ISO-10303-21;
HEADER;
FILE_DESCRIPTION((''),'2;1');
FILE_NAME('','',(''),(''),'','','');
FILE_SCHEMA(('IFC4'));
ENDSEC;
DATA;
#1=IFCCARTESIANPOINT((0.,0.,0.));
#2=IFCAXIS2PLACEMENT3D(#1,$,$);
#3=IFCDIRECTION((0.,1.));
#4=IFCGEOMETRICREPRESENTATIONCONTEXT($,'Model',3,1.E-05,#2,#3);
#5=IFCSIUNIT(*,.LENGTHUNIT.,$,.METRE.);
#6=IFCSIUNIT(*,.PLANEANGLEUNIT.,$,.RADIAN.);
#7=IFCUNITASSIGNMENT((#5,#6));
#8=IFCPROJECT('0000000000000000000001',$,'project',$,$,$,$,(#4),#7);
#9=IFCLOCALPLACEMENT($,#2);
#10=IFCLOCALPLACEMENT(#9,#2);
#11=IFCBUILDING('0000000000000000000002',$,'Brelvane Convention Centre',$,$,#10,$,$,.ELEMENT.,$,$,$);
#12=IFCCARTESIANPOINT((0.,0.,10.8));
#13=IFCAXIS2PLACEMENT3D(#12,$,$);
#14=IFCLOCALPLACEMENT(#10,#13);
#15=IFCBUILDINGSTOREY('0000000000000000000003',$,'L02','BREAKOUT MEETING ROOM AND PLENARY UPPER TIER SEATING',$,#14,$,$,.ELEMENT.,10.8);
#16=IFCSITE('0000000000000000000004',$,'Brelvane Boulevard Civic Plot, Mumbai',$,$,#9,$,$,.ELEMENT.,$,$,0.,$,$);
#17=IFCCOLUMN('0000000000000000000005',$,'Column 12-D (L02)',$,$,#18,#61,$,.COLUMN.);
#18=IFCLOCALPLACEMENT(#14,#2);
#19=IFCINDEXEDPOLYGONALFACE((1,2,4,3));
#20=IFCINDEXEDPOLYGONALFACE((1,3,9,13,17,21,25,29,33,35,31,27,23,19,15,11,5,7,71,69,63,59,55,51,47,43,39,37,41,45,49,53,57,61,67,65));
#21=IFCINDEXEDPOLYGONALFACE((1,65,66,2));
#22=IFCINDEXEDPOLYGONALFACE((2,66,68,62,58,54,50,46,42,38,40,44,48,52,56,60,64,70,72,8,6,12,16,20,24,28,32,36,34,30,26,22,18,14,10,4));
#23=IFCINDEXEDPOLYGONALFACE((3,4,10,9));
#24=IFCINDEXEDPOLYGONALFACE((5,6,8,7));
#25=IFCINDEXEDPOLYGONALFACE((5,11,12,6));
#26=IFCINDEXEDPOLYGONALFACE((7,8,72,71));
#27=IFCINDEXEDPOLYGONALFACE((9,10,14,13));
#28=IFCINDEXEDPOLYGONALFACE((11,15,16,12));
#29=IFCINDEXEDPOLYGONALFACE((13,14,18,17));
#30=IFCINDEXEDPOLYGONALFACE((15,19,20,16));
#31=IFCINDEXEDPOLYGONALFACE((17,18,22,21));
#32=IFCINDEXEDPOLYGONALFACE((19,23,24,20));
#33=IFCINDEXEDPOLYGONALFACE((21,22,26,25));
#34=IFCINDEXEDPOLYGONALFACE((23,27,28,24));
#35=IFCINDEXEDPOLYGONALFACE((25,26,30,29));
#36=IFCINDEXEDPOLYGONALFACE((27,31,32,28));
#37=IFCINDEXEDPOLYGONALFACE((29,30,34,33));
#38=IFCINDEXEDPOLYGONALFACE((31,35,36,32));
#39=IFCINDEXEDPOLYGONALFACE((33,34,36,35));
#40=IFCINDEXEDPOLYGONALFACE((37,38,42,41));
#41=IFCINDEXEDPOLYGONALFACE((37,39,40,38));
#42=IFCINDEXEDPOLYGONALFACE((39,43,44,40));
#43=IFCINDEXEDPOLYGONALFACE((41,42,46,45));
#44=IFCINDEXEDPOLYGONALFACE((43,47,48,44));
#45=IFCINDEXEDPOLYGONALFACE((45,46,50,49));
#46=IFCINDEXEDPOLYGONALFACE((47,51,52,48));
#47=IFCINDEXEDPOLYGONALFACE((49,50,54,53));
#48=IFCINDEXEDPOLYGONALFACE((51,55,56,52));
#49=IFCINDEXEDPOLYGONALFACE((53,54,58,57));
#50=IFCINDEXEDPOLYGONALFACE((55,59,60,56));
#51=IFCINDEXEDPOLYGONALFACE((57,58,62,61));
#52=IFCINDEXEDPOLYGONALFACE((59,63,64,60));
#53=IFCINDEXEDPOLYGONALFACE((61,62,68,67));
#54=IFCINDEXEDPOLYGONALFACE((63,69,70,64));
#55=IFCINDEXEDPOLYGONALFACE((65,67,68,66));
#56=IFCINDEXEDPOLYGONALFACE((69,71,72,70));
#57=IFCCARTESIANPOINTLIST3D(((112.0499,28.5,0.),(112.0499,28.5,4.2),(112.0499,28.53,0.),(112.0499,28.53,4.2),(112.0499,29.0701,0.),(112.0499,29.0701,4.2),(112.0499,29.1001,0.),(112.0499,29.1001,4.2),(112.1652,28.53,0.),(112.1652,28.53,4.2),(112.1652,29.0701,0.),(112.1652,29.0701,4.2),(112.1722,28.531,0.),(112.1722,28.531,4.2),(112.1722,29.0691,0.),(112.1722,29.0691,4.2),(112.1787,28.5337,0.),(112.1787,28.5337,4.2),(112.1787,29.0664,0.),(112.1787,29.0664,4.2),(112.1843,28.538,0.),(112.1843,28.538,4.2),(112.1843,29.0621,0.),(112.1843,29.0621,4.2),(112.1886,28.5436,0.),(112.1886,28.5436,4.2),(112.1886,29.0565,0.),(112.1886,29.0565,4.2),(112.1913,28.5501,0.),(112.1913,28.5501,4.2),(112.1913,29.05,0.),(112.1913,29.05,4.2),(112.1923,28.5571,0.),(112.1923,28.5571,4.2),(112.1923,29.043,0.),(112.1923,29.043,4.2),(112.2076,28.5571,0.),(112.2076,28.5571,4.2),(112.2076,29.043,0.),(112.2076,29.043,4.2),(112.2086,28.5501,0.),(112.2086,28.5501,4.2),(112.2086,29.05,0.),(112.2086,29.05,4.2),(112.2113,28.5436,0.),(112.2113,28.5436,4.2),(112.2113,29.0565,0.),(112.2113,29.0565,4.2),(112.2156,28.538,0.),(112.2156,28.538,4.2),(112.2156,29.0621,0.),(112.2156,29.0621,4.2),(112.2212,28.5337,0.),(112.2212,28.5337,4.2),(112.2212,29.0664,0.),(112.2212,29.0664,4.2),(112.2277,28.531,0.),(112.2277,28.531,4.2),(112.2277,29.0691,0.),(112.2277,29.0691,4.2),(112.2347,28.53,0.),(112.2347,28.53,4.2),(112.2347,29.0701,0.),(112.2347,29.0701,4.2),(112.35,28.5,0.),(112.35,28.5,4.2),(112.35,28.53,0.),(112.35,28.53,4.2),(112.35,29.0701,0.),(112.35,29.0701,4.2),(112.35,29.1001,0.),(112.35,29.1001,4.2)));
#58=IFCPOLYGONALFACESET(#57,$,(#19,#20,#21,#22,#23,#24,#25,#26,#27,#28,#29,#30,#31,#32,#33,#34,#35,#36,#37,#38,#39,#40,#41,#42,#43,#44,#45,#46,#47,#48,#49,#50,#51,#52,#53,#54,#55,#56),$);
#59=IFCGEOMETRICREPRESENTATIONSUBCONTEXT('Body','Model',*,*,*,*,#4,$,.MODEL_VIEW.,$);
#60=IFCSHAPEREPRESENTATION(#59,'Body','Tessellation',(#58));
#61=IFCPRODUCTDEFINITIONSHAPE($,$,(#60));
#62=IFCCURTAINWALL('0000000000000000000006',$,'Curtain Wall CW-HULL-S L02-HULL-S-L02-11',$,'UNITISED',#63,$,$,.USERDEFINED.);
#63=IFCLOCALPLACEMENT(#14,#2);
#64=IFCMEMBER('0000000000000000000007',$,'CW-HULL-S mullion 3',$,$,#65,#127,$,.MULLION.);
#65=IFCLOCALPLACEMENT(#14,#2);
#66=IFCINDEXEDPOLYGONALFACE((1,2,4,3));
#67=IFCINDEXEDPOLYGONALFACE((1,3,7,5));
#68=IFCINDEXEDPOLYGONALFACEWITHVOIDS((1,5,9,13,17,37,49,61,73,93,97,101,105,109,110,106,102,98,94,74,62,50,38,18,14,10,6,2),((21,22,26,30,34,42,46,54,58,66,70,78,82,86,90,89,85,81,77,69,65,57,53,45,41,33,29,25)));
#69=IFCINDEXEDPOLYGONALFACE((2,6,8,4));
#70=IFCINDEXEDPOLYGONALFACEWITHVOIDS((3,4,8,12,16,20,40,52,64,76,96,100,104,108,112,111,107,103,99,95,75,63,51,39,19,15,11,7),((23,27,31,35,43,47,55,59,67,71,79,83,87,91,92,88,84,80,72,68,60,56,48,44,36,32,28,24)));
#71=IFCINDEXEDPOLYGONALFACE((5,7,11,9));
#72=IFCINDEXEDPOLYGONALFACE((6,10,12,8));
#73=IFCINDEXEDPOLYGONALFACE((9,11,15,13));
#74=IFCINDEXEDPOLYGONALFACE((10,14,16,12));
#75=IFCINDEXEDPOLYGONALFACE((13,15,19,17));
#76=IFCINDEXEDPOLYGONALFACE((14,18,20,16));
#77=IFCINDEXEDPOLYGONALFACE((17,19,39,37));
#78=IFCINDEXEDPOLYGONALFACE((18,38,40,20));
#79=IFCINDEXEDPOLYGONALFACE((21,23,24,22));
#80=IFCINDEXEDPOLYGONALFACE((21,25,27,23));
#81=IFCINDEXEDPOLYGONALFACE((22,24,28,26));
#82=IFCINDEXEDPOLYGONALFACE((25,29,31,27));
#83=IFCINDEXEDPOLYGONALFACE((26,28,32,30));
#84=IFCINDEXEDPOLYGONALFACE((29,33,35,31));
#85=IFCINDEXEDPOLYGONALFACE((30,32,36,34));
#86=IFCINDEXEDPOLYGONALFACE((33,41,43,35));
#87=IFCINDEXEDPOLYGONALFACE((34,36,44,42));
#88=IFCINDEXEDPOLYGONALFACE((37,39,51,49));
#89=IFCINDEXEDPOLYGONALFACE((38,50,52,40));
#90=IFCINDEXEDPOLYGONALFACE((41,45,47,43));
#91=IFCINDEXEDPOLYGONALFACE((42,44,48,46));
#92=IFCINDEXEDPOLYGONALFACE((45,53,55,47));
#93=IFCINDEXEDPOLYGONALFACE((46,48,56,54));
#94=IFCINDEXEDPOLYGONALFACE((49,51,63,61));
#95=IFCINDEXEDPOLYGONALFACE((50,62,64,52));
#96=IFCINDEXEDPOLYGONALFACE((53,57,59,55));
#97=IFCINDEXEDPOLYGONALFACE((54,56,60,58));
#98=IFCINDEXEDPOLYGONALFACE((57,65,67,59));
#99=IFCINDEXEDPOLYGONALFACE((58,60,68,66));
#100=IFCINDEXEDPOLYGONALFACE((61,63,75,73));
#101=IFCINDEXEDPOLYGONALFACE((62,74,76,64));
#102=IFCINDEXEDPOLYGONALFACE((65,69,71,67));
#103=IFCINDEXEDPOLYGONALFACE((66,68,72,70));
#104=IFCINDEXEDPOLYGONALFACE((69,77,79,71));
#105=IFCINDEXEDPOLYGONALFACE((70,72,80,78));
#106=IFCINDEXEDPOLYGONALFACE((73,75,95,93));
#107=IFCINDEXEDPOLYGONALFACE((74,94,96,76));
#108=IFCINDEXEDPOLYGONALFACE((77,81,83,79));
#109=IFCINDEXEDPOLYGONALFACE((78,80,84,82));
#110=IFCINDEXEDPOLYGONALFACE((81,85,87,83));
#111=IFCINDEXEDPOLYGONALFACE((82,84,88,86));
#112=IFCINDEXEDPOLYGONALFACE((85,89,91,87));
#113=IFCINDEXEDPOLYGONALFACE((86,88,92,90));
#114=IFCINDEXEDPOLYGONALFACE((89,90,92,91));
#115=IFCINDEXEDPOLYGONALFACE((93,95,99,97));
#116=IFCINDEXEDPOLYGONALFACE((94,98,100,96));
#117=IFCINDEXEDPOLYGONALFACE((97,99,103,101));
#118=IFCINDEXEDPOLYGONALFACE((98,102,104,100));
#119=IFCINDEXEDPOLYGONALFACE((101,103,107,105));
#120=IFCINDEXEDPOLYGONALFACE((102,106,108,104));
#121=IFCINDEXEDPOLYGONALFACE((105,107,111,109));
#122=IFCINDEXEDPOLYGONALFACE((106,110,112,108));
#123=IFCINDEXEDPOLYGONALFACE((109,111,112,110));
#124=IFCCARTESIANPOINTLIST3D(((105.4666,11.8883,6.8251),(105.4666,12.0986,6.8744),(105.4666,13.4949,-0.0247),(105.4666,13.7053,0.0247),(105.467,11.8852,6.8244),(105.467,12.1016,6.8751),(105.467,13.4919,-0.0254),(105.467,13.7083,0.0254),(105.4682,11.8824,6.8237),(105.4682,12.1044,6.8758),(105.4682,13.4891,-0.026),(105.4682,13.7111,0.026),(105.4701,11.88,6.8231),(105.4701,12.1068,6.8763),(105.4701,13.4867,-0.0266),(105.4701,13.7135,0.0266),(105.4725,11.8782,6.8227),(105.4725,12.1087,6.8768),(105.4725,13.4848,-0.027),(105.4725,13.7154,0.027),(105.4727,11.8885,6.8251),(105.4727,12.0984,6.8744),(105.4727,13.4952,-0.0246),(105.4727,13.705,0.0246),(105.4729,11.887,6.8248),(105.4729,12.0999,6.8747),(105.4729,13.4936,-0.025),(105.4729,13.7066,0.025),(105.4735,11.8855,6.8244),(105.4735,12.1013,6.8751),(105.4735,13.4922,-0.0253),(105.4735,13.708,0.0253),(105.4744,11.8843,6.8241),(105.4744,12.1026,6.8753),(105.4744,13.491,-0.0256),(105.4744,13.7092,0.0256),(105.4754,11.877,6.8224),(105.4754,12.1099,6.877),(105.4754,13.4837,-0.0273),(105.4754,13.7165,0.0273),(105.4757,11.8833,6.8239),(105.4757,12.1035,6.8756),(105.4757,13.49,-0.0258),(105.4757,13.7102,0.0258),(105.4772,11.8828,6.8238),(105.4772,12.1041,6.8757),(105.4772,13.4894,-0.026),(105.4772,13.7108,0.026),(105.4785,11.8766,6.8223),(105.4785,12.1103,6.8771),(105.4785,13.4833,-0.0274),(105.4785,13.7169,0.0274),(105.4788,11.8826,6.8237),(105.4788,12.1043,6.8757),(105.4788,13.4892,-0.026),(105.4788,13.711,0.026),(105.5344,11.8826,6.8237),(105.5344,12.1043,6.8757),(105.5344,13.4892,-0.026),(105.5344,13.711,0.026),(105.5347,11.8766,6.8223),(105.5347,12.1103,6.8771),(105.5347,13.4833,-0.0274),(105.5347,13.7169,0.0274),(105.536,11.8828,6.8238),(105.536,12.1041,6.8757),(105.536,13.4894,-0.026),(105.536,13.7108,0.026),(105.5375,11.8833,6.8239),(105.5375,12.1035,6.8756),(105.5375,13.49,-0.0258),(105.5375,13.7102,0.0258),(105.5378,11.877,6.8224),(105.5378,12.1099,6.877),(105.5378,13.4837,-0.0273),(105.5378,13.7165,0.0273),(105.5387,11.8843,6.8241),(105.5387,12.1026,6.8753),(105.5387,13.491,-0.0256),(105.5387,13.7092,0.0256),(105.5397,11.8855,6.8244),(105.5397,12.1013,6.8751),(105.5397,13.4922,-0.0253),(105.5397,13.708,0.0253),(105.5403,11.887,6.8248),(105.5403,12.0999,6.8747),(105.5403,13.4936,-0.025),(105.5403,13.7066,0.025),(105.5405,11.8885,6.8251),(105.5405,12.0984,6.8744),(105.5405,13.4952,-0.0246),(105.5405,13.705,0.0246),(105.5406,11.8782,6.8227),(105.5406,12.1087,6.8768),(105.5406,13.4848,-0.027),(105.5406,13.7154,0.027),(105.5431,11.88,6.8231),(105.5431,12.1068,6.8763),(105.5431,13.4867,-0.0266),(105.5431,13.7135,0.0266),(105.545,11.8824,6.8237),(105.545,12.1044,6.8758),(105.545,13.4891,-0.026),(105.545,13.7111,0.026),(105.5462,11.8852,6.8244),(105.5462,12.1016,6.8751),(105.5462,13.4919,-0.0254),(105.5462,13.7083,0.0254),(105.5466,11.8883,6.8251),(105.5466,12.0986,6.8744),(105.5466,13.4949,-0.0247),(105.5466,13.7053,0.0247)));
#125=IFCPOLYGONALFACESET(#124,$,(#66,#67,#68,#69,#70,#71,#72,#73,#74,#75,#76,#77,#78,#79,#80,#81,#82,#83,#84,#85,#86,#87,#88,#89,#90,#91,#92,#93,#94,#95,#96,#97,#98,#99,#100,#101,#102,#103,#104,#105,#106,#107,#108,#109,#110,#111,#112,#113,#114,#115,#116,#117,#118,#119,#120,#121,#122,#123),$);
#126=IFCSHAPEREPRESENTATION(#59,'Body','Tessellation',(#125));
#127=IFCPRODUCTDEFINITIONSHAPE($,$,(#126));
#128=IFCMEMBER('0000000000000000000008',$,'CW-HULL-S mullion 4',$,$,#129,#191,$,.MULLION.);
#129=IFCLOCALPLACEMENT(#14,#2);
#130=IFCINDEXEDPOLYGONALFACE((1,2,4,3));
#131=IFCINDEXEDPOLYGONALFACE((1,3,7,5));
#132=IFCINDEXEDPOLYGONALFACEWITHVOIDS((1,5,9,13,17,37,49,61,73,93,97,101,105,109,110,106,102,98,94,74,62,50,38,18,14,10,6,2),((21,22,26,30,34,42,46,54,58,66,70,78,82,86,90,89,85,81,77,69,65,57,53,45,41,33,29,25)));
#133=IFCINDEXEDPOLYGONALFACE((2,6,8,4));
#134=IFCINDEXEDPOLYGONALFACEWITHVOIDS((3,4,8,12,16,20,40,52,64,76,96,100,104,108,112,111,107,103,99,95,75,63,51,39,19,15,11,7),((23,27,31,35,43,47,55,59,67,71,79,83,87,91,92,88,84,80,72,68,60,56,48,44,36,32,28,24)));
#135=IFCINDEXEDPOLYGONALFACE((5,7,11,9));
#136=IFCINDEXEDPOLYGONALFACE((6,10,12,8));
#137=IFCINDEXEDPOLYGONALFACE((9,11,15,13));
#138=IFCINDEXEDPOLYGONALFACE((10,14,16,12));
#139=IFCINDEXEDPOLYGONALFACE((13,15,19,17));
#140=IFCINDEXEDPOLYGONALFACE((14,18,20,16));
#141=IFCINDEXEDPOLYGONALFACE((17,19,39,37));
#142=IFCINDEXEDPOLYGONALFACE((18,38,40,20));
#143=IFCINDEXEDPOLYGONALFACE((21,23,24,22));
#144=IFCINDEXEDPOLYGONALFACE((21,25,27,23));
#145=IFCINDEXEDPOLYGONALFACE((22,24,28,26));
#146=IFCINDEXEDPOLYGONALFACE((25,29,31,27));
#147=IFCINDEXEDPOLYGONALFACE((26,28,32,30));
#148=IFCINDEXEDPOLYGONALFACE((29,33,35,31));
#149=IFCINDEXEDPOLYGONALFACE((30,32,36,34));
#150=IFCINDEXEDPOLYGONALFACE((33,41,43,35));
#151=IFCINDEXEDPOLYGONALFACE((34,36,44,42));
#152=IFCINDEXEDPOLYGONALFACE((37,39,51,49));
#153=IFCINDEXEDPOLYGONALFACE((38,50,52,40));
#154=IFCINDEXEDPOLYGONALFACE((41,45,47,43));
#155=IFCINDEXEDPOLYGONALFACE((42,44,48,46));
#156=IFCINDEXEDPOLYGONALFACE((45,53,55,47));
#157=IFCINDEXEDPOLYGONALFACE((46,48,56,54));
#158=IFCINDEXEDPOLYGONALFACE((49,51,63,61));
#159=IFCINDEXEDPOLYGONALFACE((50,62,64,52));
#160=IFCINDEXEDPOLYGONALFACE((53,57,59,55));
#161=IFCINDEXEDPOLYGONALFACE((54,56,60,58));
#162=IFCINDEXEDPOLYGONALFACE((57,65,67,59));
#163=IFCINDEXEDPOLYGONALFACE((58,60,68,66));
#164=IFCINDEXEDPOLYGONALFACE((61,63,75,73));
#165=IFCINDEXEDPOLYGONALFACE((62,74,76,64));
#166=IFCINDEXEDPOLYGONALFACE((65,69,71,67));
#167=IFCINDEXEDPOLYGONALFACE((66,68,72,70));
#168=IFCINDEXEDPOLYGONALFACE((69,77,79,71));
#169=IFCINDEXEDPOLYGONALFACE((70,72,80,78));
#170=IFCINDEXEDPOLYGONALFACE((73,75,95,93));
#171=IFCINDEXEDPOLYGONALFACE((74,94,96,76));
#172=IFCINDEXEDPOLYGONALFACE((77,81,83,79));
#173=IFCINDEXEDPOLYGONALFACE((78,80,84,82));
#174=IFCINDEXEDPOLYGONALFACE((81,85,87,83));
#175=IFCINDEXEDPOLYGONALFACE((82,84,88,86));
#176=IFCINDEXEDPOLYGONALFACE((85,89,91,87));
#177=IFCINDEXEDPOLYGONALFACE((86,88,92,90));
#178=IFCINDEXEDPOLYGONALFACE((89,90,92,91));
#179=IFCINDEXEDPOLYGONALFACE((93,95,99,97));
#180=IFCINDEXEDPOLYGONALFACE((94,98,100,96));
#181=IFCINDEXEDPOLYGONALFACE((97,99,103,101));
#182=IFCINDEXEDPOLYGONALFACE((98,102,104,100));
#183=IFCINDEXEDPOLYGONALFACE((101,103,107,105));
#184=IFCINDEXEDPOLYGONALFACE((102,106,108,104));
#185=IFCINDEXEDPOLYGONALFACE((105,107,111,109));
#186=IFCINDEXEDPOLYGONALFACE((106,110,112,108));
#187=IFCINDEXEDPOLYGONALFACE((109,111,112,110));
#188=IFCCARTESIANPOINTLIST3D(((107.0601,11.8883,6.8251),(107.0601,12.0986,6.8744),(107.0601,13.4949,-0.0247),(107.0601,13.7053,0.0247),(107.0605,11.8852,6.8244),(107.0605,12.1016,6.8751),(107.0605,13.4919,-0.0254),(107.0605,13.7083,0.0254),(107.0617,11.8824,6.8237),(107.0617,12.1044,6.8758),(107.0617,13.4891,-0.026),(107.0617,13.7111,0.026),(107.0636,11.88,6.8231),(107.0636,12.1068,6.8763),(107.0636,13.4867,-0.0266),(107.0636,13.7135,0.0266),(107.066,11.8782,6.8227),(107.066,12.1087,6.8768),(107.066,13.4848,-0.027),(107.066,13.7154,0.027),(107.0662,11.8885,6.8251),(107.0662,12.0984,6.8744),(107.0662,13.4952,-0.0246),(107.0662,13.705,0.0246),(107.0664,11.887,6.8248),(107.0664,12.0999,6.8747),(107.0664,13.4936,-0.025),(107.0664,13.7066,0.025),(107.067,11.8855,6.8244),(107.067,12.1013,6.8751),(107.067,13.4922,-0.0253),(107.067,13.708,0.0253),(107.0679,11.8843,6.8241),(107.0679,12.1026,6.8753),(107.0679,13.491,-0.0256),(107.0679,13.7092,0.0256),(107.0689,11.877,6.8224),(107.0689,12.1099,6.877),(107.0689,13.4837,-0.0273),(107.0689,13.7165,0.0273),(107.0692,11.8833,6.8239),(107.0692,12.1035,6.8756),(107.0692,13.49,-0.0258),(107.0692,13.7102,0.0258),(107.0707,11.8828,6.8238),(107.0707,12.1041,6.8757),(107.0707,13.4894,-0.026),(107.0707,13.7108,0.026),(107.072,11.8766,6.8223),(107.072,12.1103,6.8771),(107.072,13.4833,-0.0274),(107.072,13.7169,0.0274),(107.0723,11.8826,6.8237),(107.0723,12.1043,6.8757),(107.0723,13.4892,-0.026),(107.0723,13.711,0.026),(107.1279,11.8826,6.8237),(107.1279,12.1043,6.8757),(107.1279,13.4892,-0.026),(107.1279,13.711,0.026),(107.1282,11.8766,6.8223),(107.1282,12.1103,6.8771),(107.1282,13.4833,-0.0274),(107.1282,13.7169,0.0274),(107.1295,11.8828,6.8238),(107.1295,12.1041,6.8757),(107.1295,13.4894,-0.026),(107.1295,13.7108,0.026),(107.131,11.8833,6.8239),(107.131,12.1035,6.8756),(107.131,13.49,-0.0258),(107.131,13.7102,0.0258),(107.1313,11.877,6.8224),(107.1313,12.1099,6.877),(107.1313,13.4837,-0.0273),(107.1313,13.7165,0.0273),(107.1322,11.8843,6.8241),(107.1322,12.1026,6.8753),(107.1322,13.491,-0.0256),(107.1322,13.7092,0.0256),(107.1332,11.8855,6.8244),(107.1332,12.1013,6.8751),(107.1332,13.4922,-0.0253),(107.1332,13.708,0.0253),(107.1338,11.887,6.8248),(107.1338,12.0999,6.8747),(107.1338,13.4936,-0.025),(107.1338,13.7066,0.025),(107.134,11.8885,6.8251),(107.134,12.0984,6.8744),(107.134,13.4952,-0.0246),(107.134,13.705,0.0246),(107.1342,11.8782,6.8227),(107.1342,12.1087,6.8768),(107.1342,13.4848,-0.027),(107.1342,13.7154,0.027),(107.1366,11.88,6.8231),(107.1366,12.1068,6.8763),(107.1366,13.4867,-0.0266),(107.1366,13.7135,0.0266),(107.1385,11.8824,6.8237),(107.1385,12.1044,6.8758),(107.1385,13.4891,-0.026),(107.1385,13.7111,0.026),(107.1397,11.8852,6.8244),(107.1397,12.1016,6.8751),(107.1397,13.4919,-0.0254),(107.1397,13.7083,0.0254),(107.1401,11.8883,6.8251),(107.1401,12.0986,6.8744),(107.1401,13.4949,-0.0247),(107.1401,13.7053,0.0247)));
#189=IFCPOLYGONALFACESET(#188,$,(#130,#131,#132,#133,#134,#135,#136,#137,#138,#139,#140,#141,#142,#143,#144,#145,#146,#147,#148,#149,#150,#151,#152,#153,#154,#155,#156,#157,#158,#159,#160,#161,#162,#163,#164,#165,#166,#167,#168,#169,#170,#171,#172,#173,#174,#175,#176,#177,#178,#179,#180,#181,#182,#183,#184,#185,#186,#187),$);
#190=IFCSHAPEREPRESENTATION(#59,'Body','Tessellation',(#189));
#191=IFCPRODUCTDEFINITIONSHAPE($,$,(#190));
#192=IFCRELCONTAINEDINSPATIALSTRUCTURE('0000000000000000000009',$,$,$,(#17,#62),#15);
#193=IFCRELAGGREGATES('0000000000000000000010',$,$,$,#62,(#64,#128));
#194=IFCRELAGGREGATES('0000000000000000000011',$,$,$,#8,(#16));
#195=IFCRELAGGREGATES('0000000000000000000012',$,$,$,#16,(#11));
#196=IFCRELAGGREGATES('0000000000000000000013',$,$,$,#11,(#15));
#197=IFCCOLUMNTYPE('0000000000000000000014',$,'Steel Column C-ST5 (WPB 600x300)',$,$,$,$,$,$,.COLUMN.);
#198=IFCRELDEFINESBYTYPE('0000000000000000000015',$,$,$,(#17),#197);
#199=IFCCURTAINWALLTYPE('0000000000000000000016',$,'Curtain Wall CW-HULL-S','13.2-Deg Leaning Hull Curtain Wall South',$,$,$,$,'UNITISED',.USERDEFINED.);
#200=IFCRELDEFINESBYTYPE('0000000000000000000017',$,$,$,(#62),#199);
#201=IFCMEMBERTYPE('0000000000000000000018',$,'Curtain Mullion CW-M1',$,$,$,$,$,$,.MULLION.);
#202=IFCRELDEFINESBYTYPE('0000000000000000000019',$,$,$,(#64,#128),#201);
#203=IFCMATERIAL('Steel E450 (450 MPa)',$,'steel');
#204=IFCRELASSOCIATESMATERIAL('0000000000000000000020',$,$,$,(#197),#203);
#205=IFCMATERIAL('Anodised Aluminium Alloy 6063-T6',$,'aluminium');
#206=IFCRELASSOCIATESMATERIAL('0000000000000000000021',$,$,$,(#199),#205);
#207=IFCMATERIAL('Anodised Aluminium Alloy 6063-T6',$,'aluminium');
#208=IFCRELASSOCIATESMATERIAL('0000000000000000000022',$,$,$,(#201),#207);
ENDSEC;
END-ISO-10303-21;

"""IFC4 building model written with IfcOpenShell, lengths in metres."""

from ifc_helpers import new_model, si_unit, direction, frame, origin, origin_2d, place, context, subcontext, project, spatial, hollow_rectangle, i_section, extrude, material, material_profile, profile_set, type_object, element, aggregate, save


model = new_model("IFC4")

# Units and contexts
model_context = context("Model", 3, precision=1e-05, world=origin(), true_north=direction((0.0, 1.0)))
body_context = subcontext(model_context, "Body", "Model", "MODEL_VIEW")
ifc_project = project(units=[si_unit("LENGTHUNIT", "METRE"), si_unit("PLANEANGLEUNIT", "RADIAN")], contexts=[model_context])

# Site, building, storey
site_placement = place(None, origin())
site = spatial("IfcSite", under=ifc_project, at=site_placement, Name="Brelvane Boulevard Civic Plot, Mumbai", CompositionType="ELEMENT", RefElevation=0.0)
building_placement = place(site_placement, origin())
building = spatial("IfcBuilding", under=site, at=building_placement, Name="Brelvane Convention Centre", CompositionType="ELEMENT")
storey_placement = place(building_placement, frame((0.0, 0.0, 10.8)))
storey = spatial("IfcBuildingStorey", under=building, at=storey_placement, Name="L02", Description="BREAKOUT MEETING ROOM AND PLENARY UPPER TIER SEATING", CompositionType="ELEMENT", Elevation=10.8)

# Column
ifc_material_1 = material(Name="Steel E450 (450 MPa)", Category="steel")
ifc_material_profile_1 = material_profile(ifc_material_1, i_section(OverallWidth=0.3, OverallDepth=0.6001, WebThickness=0.0154, FlangeThickness=0.03, FilletRadius=0.0271, at=origin_2d()), Name="WPB 600x300")
ifc_profile_set_1 = profile_set([ifc_material_profile_1], Name="Steel E450 (450 MPa)")
column_type = type_object("IfcColumnType", Name="Steel Column C-ST5 (WPB 600x300)", PredefinedType="COLUMN", material=ifc_profile_set_1)
column_placement = place(storey_placement, frame((112.2, 28.8, 0.0), z_axis=(0.0, 0.0, 1.0), x_axis=(1.0, 0.0, 0.0)))
element("IfcColumn", 1, at=column_placement, inside=storey, type_object=column_type, Name="Column 12-D (L02)", PredefinedType="COLUMN", context=body_context, shape_type="SweptSolid", body=[
    extrude(i_section(OverallWidth=0.3, OverallDepth=0.6001, WebThickness=0.0154, FlangeThickness=0.03, FilletRadius=0.0271, at=origin_2d()), origin(), (0.0, 0.0, 1.0), 4.2),
])

# Curtain wall, members
ifc_material_2 = material(Name="Anodised Aluminium Alloy 6063-T6", Category="aluminium")
curtain_wall_type = type_object("IfcCurtainWallType", Name="Curtain Wall CW-HULL-S", Description="13.2-Deg Leaning Hull Curtain Wall South", ElementType="UNITISED", PredefinedType="USERDEFINED", material=ifc_material_2)
curtain_wall_1_placement = place(storey_placement, origin())
curtain_wall_1 = element("IfcCurtainWall", 2, at=curtain_wall_1_placement, inside=storey, type_object=curtain_wall_type, Name="Curtain Wall CW-HULL-S L02-HULL-S-L02-11", ObjectType="UNITISED", PredefinedType="USERDEFINED")
ifc_material_3 = material(Name="Anodised Aluminium Alloy 6063-T6", Category="aluminium")
ifc_material_profile_2 = material_profile(ifc_material_3, hollow_rectangle(XDim=0.0801, YDim=0.24, WallThickness=0.0061, InnerFilletRadius=0.0061, OuterFilletRadius=0.012, at=origin_2d()), Name="ALU-M 240x80x6.0")
ifc_profile_set_2 = profile_set([ifc_material_profile_2], Name="Anodised Aluminium Alloy 6063-T6")
member_type_1 = type_object("IfcMemberType", Name="Curtain Mullion CW-M1", PredefinedType="MULLION", material=ifc_profile_set_2)
member_1_placement = place(storey_placement, frame((105.5066, 13.6001, 0.0), z_axis=(0.0, -0.22836, 0.973577), x_axis=(1.0, 0.0, 0.0)))
member_1 = element("IfcMember", 3, at=member_1_placement, type_object=member_type_1, Name="CW-HULL-S mullion 3", PredefinedType="MULLION", context=body_context, shape_type="SweptSolid", body=[
    extrude(hollow_rectangle(XDim=0.0801, YDim=0.24, WallThickness=0.0061, InnerFilletRadius=0.0061, OuterFilletRadius=0.012, at=origin_2d()), origin(), (0.0, 0.0, 1.0), 7.0356),
])
member_2_placement = place(storey_placement, frame((107.1001, 13.6001, 0.0), z_axis=(0.0, -0.22836, 0.973577), x_axis=(1.0, 0.0, 0.0)))
member_2 = element("IfcMember", 4, at=member_2_placement, type_object=member_type_1, Name="CW-HULL-S mullion 4", PredefinedType="MULLION", context=body_context, shape_type="SweptSolid", body=[
    extrude(hollow_rectangle(XDim=0.0801, YDim=0.24, WallThickness=0.0061, InnerFilletRadius=0.0061, OuterFilletRadius=0.012, at=origin_2d()), origin(), (0.0, 0.0, 1.0), 7.0356),
])

aggregate(curtain_wall_1, [member_1, member_2])

save(model, "model.ifc")
